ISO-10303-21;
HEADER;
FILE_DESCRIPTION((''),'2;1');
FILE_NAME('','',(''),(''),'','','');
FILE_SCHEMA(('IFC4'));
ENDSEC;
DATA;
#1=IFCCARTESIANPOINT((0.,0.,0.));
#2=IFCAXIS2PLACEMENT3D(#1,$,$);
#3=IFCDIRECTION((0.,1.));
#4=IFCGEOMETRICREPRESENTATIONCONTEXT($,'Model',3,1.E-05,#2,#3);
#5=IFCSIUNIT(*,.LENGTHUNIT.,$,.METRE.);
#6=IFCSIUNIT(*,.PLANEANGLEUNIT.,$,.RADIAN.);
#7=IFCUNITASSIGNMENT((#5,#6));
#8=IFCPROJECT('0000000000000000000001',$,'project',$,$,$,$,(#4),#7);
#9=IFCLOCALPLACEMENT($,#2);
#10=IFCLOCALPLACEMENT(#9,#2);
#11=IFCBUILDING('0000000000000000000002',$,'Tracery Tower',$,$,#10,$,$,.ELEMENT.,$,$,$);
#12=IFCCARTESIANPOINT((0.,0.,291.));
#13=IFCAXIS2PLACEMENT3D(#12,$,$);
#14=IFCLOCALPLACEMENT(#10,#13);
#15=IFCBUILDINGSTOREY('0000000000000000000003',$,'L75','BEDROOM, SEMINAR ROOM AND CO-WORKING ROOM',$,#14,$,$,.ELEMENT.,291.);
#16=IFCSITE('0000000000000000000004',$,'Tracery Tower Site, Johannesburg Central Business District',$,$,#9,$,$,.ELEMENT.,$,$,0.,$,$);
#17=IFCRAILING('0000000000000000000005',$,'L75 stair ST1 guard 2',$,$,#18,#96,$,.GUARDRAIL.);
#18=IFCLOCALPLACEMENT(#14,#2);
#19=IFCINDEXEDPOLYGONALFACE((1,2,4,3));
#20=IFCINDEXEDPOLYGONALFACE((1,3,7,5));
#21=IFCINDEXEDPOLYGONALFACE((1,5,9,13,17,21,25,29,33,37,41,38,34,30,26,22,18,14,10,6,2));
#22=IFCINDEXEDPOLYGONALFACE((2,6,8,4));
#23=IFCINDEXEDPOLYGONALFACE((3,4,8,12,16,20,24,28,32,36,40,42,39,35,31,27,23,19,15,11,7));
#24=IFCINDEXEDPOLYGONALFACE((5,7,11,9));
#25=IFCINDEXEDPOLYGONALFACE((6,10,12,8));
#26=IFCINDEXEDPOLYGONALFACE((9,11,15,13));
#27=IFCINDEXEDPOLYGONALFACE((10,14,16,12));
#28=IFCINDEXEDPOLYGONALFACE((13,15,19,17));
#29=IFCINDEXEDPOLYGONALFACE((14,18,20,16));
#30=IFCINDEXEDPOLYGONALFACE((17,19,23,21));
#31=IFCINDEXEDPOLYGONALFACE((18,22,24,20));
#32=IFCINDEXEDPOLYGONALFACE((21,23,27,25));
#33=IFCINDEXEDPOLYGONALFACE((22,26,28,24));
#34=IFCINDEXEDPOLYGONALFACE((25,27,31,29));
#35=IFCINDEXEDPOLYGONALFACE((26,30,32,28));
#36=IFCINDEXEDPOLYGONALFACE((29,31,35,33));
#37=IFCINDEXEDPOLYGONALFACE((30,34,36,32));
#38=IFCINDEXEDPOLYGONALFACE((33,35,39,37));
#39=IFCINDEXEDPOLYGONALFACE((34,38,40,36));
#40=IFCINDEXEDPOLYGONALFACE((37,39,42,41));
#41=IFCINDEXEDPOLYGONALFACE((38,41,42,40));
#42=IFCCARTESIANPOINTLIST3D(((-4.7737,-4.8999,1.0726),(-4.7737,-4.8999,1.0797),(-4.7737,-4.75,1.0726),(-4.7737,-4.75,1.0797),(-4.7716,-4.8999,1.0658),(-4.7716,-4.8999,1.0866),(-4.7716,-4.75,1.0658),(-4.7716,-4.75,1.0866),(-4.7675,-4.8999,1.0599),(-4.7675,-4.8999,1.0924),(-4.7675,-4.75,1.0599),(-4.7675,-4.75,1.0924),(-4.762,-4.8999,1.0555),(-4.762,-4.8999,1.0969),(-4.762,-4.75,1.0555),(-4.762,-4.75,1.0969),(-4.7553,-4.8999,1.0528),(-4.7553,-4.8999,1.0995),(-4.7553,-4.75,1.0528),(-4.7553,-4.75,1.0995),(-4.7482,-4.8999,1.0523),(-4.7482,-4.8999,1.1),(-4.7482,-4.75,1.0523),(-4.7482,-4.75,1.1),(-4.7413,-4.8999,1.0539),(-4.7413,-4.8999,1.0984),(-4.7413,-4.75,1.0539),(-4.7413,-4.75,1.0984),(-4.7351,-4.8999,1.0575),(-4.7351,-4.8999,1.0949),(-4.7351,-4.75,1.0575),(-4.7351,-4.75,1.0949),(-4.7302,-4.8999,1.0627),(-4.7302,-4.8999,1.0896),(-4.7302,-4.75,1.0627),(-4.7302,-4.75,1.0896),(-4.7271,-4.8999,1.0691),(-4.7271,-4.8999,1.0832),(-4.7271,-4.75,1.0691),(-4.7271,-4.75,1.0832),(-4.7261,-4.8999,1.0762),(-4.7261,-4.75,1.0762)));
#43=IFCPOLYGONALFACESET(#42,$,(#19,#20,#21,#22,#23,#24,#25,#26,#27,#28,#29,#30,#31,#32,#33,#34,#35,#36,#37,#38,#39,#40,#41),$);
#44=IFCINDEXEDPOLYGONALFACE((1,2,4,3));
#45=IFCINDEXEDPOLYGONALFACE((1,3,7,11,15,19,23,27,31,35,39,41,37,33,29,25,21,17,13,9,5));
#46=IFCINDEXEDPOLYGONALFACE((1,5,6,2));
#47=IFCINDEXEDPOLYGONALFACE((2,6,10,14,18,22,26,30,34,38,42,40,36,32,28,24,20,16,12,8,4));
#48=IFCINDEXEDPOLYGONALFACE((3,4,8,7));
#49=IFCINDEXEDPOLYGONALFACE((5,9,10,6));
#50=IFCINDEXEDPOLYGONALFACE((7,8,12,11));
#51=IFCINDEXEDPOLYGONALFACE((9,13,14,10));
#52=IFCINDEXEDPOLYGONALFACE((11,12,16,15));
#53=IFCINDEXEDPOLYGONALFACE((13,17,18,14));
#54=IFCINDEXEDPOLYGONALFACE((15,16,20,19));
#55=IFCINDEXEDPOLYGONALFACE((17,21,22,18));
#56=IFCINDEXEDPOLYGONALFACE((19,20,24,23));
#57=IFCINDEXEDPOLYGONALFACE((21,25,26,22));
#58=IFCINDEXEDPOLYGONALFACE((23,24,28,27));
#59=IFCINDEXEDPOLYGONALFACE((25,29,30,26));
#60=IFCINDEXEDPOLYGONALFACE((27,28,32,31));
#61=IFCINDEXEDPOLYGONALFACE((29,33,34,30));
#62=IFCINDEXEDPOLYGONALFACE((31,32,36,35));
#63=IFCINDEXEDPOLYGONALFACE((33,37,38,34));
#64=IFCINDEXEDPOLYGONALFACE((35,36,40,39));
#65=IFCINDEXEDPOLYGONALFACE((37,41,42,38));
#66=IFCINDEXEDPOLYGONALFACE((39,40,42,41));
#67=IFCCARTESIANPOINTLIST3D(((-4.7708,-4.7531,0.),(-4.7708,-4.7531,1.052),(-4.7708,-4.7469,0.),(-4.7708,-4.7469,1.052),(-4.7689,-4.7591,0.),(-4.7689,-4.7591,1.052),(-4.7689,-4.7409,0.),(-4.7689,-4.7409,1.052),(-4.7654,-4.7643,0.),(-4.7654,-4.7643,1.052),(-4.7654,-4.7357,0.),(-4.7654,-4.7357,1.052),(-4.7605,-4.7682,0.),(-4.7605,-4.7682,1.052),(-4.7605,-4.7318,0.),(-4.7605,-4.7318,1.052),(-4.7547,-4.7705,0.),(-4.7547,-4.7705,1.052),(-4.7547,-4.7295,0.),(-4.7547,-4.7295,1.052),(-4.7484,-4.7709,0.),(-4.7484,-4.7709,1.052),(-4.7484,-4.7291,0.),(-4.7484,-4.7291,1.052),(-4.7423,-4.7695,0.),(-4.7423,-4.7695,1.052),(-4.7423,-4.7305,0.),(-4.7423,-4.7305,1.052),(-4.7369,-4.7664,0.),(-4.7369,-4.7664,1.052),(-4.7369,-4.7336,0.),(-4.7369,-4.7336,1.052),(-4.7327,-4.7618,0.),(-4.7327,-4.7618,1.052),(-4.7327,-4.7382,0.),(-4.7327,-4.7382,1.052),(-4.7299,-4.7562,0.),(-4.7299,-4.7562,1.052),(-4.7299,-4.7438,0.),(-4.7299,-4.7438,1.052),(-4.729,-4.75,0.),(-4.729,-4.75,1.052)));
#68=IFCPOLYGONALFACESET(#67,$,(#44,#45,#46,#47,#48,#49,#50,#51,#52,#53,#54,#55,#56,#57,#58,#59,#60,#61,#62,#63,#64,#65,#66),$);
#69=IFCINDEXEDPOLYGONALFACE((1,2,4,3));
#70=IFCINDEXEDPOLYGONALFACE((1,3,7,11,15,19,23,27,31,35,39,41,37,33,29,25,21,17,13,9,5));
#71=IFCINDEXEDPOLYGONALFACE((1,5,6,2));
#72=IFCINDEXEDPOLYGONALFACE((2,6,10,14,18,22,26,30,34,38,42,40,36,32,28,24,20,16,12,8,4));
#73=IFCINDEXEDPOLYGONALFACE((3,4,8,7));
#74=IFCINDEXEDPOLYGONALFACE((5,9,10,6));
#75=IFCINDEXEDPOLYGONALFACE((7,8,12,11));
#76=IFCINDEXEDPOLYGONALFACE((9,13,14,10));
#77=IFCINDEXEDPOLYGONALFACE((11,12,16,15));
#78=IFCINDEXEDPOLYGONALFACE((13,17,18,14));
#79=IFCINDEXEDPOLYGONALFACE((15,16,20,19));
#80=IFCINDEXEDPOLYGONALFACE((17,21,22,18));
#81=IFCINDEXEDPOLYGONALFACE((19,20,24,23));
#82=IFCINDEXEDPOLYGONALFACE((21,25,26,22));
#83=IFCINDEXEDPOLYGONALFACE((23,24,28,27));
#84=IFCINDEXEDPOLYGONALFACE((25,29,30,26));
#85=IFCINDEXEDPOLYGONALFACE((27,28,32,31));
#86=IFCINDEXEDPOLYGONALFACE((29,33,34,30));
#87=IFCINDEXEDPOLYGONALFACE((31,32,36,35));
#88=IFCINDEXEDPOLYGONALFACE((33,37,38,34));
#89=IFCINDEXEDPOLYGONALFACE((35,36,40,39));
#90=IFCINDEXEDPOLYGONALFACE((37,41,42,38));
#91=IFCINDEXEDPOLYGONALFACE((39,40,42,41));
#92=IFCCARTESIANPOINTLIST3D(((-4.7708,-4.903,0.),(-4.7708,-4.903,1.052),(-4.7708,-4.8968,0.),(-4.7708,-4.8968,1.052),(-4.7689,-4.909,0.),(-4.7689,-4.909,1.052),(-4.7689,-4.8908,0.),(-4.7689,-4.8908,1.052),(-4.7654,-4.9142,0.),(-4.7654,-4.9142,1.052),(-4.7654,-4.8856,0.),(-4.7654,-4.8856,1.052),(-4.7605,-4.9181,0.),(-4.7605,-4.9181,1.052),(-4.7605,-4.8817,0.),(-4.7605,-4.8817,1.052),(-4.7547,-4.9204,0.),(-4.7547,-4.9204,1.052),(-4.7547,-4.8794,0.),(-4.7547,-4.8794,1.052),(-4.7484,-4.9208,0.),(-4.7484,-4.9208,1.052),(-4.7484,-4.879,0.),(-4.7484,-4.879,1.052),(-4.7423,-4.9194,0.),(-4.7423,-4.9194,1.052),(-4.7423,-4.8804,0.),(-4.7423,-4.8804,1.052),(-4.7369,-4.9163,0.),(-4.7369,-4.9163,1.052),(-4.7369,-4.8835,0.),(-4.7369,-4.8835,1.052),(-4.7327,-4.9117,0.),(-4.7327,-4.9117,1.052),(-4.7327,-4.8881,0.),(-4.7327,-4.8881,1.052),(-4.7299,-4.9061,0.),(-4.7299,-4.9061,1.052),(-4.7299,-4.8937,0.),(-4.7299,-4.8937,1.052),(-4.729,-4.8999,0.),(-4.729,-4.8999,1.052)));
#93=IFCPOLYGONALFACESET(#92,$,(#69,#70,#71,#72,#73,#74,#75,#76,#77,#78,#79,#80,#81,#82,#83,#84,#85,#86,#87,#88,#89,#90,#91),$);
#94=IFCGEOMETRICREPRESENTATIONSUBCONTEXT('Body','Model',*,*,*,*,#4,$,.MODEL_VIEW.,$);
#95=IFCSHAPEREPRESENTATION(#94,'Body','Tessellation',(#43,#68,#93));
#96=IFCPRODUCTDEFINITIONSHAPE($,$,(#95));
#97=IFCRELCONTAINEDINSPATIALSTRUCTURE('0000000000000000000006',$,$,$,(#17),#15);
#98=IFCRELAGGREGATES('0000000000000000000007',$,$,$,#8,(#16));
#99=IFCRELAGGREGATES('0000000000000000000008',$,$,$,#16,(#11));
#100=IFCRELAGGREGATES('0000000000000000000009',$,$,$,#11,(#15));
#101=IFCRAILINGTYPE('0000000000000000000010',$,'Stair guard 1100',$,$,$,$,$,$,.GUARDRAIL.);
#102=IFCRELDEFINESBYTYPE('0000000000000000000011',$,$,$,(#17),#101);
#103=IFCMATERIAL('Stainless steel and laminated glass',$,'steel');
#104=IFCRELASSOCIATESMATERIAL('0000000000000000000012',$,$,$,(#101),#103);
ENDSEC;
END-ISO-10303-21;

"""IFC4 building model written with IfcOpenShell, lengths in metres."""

from ifc_helpers import new_model, si_unit, direction, frame, origin, origin_2d, place, context, subcontext, project, spatial, circle, extrude, material, type_object, element, save


model = new_model("IFC4")

# Units and contexts
model_context = context("Model", 3, precision=1e-05, world=origin(), true_north=direction((0.0, 1.0)))
body_context = subcontext(model_context, "Body", "Model", "MODEL_VIEW")
ifc_project = project(units=[si_unit("LENGTHUNIT", "METRE"), si_unit("PLANEANGLEUNIT", "RADIAN")], contexts=[model_context])

# Site, building, storey
site_placement = place(None, origin())
site = spatial("IfcSite", under=ifc_project, at=site_placement, Name="Tracery Tower Site, Johannesburg Central Business District", CompositionType="ELEMENT", RefElevation=0.0)
building_placement = place(site_placement, origin())
building = spatial("IfcBuilding", under=site, at=building_placement, Name="Tracery Tower", CompositionType="ELEMENT")
storey_placement = place(building_placement, frame((0.0, 0.0, 291.0)))
storey = spatial("IfcBuildingStorey", under=building, at=storey_placement, Name="L75", Description="BEDROOM, SEMINAR ROOM AND CO-WORKING ROOM", CompositionType="ELEMENT", Elevation=291.0)

# Railing
ifc_material_1 = material(Name="Stainless steel and laminated glass", Category="steel")
railing_type_1 = type_object("IfcRailingType", Name="Stair guard 1100", PredefinedType="GUARDRAIL", material=ifc_material_1)
railing_1_placement = place(storey_placement, frame((-4.75, -4.75, 0.0)))
element("IfcRailing", 1, at=railing_1_placement, inside=storey, type_object=railing_type_1, Name="L75 stair ST1 guard 2", PredefinedType="GUARDRAIL", context=body_context, shape_type="SweptSolid", body=[
    extrude(circle(Radius=0.0239, at=origin_2d()), frame((0.0, 0.0, 1.0762), z_axis=(0.0, -1.0, 0.0), x_axis=(1.0, 0.0, 0.0)), (0.0, 0.0, 1.0), 0.1499),
    extrude(circle(Radius=0.021, at=origin_2d()), origin(), (0.0, 0.0, 1.0), 1.052),
    extrude(circle(Radius=0.021, at=origin_2d()), frame((0.0, -0.1499, 0.0)), (0.0, 0.0, 1.0), 1.052),
])

save(model, "model.ifc")
